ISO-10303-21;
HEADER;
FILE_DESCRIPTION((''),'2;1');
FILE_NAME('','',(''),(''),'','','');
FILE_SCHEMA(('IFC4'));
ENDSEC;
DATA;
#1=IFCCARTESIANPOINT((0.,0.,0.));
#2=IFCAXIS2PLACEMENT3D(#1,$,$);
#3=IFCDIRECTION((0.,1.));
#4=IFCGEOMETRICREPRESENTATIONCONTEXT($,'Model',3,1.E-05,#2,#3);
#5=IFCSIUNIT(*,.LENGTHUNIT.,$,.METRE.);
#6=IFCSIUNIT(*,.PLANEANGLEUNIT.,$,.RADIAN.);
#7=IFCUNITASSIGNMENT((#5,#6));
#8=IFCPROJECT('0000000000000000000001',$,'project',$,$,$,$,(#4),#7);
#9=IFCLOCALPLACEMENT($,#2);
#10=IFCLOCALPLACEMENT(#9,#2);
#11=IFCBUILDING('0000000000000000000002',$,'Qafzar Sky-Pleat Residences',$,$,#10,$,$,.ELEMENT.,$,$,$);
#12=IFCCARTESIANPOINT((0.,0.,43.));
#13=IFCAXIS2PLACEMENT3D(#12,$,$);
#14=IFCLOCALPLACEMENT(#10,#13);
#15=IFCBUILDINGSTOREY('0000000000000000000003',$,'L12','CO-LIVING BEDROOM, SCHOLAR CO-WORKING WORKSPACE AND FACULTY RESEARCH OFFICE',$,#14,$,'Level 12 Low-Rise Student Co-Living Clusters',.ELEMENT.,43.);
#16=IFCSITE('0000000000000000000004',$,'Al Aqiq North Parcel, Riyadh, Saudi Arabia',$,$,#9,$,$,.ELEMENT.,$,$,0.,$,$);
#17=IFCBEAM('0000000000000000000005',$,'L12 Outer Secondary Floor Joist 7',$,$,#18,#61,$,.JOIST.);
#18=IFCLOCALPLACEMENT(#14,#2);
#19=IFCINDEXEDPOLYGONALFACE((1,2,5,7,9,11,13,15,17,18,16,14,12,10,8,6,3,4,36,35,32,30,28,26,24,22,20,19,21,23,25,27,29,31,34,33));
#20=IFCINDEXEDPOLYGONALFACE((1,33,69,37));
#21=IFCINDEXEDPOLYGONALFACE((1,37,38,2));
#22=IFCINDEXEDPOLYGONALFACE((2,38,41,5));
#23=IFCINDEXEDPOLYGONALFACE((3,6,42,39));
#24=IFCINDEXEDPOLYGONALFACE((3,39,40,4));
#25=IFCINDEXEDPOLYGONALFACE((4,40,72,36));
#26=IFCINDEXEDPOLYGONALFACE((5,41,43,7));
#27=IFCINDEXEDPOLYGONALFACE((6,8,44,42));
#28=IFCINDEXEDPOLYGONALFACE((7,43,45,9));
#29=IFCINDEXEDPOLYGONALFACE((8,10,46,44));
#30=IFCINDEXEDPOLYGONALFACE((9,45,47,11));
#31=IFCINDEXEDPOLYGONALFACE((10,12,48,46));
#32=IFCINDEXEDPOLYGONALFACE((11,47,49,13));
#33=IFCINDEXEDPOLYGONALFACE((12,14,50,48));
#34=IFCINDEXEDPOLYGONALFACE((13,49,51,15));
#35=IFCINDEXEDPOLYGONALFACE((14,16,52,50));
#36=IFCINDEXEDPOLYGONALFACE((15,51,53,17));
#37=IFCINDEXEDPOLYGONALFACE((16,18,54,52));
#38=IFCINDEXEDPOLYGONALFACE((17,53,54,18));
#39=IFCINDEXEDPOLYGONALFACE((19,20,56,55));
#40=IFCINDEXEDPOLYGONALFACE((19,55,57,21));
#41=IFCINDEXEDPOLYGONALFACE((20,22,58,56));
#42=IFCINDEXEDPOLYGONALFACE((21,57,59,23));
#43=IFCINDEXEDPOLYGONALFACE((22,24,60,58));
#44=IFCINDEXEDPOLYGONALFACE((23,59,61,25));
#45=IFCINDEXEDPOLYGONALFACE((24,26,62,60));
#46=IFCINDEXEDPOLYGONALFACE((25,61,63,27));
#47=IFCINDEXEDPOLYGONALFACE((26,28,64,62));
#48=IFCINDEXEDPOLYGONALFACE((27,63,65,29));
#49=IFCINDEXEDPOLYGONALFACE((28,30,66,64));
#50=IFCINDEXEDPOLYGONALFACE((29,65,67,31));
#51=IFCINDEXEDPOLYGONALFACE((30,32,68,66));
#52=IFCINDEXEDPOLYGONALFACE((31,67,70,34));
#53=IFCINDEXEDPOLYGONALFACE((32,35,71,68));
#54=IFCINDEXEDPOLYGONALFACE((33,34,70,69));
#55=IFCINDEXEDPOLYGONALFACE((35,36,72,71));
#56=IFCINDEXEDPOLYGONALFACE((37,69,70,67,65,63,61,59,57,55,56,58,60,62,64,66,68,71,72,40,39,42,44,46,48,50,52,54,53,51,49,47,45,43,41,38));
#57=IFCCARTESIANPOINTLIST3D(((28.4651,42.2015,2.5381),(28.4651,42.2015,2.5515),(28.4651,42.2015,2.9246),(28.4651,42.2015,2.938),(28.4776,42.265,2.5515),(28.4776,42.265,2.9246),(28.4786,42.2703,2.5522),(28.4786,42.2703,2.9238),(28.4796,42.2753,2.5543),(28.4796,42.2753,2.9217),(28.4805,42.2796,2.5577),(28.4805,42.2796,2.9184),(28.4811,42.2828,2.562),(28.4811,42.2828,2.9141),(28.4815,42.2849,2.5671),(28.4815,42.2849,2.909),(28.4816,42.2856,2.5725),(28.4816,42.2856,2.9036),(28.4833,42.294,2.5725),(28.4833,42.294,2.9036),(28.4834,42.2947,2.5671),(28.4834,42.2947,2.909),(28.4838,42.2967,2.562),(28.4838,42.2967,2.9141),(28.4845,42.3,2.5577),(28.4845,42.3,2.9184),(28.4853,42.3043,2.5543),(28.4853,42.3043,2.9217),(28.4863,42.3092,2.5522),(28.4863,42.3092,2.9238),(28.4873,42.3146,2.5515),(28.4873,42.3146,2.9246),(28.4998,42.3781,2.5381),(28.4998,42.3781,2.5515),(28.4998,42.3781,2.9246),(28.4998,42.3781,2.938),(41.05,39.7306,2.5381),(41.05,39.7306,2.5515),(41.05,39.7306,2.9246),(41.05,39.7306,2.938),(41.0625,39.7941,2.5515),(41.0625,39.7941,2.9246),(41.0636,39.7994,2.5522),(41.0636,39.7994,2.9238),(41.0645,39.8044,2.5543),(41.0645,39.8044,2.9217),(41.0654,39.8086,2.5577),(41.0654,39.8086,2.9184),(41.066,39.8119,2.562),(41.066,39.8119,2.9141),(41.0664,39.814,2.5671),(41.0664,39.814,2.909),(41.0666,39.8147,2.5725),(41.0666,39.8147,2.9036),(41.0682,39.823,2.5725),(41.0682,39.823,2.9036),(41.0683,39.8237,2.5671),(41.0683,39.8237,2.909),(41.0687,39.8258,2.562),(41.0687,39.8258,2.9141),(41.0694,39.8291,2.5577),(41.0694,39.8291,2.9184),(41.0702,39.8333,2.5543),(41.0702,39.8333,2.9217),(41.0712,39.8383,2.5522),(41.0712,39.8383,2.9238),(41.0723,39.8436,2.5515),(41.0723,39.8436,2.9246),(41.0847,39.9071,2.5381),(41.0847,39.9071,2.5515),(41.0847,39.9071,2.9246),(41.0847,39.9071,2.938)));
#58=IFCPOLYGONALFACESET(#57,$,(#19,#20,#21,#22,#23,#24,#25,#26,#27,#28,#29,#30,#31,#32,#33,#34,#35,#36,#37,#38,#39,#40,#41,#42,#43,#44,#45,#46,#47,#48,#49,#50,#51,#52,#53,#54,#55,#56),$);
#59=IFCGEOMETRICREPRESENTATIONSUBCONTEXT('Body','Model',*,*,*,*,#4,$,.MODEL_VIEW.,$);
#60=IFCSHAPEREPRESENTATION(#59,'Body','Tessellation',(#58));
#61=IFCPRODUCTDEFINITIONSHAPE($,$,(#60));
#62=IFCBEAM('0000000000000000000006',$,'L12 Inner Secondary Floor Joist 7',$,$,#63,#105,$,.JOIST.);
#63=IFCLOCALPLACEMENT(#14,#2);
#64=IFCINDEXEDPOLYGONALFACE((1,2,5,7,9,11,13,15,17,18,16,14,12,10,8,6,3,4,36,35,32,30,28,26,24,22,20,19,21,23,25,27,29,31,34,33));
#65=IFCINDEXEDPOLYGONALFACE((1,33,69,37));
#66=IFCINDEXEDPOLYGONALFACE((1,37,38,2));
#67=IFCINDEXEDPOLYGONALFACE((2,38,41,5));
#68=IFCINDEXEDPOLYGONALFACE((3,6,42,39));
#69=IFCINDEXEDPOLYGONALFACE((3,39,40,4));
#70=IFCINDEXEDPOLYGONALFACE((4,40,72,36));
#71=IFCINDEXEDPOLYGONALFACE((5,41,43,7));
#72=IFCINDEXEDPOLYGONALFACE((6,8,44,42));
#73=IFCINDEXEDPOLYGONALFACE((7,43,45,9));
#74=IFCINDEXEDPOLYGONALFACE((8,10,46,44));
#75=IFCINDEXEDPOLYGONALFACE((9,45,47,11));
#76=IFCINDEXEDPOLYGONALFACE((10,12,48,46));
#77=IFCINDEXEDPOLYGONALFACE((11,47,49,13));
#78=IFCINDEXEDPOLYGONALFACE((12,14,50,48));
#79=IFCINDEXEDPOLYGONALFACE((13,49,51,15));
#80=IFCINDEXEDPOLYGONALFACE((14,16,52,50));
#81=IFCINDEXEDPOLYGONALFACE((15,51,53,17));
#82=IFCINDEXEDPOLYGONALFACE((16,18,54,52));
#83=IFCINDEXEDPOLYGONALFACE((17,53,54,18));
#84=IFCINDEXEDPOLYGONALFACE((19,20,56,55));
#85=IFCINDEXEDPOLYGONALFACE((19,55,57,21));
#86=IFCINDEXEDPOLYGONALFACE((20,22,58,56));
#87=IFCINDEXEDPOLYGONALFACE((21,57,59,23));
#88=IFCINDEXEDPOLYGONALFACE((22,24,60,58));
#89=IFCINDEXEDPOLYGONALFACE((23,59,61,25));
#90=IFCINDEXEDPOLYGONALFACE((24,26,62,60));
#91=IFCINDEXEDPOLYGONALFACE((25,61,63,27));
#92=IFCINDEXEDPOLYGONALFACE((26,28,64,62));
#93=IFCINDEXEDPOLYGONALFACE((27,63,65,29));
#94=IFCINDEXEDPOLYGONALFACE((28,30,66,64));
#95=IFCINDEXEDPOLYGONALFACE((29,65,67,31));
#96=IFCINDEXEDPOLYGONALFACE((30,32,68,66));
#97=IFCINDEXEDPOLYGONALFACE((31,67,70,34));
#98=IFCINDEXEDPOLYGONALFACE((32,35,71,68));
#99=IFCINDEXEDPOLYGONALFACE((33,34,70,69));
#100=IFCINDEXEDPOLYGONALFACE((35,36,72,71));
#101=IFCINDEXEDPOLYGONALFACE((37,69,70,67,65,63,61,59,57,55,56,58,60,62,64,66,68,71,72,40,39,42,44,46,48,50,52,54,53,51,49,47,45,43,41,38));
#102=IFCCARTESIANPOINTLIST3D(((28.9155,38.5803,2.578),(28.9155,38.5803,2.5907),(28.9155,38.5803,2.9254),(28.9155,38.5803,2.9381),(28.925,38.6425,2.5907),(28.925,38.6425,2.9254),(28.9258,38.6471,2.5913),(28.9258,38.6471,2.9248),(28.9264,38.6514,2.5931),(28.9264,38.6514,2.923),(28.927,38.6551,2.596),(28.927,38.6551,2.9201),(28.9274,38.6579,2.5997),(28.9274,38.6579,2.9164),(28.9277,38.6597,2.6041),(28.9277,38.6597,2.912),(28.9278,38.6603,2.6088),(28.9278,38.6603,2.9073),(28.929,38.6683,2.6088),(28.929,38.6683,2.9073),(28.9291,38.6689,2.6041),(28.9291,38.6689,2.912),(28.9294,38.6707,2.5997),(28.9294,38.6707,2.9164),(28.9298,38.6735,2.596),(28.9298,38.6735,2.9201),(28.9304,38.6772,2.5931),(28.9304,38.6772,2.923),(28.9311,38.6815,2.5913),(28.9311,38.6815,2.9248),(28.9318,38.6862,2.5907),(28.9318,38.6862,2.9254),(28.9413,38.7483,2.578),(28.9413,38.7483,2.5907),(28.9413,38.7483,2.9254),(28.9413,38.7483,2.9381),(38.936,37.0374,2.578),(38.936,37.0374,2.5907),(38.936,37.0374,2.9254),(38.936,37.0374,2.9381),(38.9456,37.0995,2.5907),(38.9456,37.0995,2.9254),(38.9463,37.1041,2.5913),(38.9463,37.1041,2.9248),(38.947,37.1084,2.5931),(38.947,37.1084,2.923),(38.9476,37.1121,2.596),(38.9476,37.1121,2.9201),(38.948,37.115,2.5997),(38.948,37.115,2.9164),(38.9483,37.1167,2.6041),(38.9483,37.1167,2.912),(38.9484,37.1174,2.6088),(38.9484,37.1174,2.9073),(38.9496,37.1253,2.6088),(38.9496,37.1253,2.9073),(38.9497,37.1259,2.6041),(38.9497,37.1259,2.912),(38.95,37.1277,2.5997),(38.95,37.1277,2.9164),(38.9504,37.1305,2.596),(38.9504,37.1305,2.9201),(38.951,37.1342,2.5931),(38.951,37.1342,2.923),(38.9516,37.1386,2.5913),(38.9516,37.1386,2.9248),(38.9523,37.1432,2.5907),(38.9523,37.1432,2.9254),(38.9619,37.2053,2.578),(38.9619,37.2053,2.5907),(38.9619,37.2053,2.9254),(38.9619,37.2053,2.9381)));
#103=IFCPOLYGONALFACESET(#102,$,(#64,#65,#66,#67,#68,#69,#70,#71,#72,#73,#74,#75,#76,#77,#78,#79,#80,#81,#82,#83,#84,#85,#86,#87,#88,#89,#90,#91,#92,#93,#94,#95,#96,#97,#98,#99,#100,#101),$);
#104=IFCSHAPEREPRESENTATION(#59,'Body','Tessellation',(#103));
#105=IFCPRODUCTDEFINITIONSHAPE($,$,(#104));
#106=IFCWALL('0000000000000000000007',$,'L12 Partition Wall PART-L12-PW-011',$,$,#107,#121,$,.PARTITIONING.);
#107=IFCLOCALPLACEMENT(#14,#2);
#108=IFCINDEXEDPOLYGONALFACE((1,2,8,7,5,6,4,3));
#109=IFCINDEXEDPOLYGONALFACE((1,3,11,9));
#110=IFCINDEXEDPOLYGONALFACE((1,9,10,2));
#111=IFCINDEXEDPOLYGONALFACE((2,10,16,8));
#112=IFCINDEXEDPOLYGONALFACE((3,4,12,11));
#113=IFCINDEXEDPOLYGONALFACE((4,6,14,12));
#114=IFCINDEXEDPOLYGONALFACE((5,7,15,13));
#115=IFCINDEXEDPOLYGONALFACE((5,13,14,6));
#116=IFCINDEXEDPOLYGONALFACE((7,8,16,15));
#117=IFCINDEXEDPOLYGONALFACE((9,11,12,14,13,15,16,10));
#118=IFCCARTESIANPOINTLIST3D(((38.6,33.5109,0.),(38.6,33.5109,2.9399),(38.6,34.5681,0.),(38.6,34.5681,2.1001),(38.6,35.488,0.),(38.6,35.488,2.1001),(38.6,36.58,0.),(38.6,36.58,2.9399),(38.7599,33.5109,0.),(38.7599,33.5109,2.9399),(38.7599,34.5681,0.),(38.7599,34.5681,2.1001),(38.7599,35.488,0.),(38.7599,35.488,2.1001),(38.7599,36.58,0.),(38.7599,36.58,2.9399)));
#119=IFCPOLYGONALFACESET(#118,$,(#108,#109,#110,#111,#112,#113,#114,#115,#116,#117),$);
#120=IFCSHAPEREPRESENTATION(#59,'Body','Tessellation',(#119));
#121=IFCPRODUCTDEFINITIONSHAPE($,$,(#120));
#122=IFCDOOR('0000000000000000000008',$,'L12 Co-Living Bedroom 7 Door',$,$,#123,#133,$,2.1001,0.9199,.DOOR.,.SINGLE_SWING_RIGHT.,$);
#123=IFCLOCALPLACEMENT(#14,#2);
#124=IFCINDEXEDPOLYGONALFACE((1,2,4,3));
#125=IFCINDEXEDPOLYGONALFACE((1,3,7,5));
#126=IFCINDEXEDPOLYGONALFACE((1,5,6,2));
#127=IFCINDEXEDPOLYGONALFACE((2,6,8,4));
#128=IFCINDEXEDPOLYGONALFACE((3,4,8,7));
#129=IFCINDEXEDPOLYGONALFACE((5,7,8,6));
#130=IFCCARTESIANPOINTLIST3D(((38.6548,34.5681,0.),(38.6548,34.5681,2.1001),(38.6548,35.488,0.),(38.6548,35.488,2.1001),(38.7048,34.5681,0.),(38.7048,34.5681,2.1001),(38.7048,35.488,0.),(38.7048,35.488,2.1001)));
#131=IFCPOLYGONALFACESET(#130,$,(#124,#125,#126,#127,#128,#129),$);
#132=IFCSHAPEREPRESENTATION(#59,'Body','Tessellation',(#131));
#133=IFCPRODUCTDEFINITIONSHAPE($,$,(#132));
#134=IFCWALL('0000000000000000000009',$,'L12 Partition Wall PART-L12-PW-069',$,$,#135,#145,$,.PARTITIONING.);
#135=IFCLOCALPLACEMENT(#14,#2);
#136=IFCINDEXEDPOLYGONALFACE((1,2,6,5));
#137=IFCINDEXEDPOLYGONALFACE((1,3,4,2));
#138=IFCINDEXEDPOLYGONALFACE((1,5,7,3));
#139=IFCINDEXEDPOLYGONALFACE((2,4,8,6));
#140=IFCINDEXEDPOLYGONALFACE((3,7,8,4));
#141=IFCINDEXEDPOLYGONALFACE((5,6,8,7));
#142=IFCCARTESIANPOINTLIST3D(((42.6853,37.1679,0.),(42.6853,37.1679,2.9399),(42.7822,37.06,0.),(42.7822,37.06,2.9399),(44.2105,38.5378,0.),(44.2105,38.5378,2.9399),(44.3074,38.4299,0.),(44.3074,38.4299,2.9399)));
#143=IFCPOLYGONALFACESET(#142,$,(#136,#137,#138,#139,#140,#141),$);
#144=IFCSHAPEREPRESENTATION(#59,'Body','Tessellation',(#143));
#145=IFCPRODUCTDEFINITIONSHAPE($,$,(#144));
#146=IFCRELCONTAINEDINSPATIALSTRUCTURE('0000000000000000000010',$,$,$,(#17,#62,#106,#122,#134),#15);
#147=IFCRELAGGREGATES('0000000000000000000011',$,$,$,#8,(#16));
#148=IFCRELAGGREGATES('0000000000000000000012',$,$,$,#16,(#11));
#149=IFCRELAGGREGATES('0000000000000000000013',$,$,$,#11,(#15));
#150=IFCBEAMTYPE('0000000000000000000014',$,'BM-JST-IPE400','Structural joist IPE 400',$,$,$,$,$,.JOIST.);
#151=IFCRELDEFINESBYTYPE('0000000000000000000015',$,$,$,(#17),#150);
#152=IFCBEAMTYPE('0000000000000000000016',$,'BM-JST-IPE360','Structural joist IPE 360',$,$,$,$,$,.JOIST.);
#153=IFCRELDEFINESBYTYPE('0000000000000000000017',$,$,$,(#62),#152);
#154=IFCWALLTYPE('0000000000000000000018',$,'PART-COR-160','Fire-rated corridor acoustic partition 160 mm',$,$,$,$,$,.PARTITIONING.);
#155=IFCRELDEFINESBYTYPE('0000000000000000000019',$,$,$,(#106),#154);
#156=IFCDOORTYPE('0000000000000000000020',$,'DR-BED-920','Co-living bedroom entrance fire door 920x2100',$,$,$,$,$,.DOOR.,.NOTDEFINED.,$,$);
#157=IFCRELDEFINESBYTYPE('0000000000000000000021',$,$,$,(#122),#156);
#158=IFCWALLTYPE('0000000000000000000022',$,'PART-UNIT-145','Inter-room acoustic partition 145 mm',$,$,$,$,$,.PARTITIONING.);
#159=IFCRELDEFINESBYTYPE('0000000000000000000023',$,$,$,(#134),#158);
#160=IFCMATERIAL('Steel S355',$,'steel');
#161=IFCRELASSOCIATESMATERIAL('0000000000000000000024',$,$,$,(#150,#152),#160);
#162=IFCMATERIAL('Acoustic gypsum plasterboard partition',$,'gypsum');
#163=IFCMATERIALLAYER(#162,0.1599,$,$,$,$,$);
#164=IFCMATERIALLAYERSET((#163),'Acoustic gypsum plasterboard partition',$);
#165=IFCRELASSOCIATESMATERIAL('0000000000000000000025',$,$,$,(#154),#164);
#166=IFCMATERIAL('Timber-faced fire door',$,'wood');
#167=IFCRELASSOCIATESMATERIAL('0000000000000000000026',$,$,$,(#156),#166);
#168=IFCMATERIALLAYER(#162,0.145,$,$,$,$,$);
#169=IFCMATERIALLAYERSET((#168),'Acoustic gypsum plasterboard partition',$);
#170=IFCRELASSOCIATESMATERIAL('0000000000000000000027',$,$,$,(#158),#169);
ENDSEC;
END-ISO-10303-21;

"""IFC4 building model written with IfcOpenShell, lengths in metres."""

from ifc_helpers import new_model, si_unit, direction, frame, frame_2d, origin, origin_2d, place, context, subcontext, project, spatial, rectangle, i_section, extrude, source, transform, mapped, material, layer, layer_set, material_profile, profile_set, type_object, element, fill, save


model = new_model("IFC4")

# Units and contexts
model_context = context("Model", 3, precision=1e-05, world=origin(), true_north=direction((0.0, 1.0)))
body_context = subcontext(model_context, "Body", "Model", "MODEL_VIEW")
ifc_project = project(units=[si_unit("LENGTHUNIT", "METRE"), si_unit("PLANEANGLEUNIT", "RADIAN")], contexts=[model_context])

# Site, building, storey
site_placement = place(None, origin())
site = spatial("IfcSite", under=ifc_project, at=site_placement, Name="Al Aqiq North Parcel, Riyadh, Saudi Arabia", CompositionType="ELEMENT", RefElevation=0.0)
building_placement = place(site_placement, origin())
building = spatial("IfcBuilding", under=site, at=building_placement, Name="Qafzar Sky-Pleat Residences", CompositionType="ELEMENT")
storey_placement = place(building_placement, frame((0.0, 0.0, 43.0)))
storey = spatial("IfcBuildingStorey", under=building, at=storey_placement, Name="L12", Description="CO-LIVING BEDROOM, SCHOLAR CO-WORKING WORKSPACE AND FACULTY RESEARCH OFFICE", LongName="Level 12 Low-Rise Student Co-Living Clusters", CompositionType="ELEMENT", Elevation=43.0)

# Beams
ifc_material_1 = material(Name="Steel S355", Category="steel")
ifc_material_profile_1 = material_profile(ifc_material_1, i_section(OverallWidth=0.1799, OverallDepth=0.3999, WebThickness=0.0085, FlangeThickness=0.0134, FilletRadius=0.021, at=origin_2d()), Name="IPE 400")
ifc_profile_set_1 = profile_set([ifc_material_profile_1], Name="Steel S355")
beam_type_1 = type_object("IfcBeamType", Name="BM-JST-IPE400", Description="Structural joist IPE 400", PredefinedType="JOIST", material=ifc_profile_set_1)
shared_shape_1 = source(origin(), body_context, "Body", "SweptSolid", [
    extrude(i_section(OverallWidth=0.1799, OverallDepth=0.3999, WebThickness=0.0085, FlangeThickness=0.0134, FilletRadius=0.021, at=origin_2d()), origin(), (0.0, 0.0, 1.0), 12.8252),
])
beam_1_placement = place(storey_placement, frame((41.0674, 39.8188, 2.738), z_axis=(-0.981265, 0.192663, 0.0), x_axis=(-0.192663, -0.981265, 0.0)))
element("IfcBeam", 1, at=beam_1_placement, inside=storey, type_object=beam_type_1, Name="L12 Outer Secondary Floor Joist 7", PredefinedType="JOIST", context=body_context, shape_type="MappedRepresentation", body=[
    mapped(shared_shape_1, transform((0.0, 0.0, 0.0), x_axis=(1.0, 0.0, 0.0), y_axis=(0.0, 1.0, 0.0), z_axis=(0.0, 0.0, 1.0), scale=1.0)),
])
ifc_material_profile_2 = material_profile(ifc_material_1, i_section(OverallWidth=0.1699, OverallDepth=0.3601, WebThickness=0.0081, FlangeThickness=0.0127, FilletRadius=0.0181, at=origin_2d()), Name="IPE 360")
ifc_profile_set_2 = profile_set([ifc_material_profile_2], Name="Steel S355")
beam_type_2 = type_object("IfcBeamType", Name="BM-JST-IPE360", Description="Structural joist IPE 360", PredefinedType="JOIST", material=ifc_profile_set_2)
shared_shape_2 = source(origin(), body_context, "Body", "SweptSolid", [
    extrude(i_section(OverallWidth=0.1699, OverallDepth=0.3601, WebThickness=0.0081, FlangeThickness=0.0127, FilletRadius=0.0181, at=origin_2d()), origin(), (0.0, 0.0, 1.0), 10.1387),
])
beam_2_placement = place(storey_placement, frame((38.949, 37.1213, 2.7581), z_axis=(-0.988352, 0.152187, 0.0), x_axis=(-0.152187, -0.988352, 0.0)))
element("IfcBeam", 2, at=beam_2_placement, inside=storey, type_object=beam_type_2, Name="L12 Inner Secondary Floor Joist 7", PredefinedType="JOIST", context=body_context, shape_type="MappedRepresentation", body=[
    mapped(shared_shape_2, transform((0.0, 0.0, 0.0), x_axis=(1.0, 0.0, 0.0), y_axis=(0.0, 1.0, 0.0), z_axis=(0.0, 0.0, 1.0), scale=1.0)),
])

# Wall, opening, door
ifc_material_2 = material(Name="Acoustic gypsum plasterboard partition", Category="gypsum")
ifc_layer_1 = layer(ifc_material_2, 0.1599)
ifc_layer_set_1 = layer_set([ifc_layer_1], Name="Acoustic gypsum plasterboard partition")
wall_type_1 = type_object("IfcWallType", Name="PART-COR-160", Description="Fire-rated corridor acoustic partition 160 mm", PredefinedType="PARTITIONING", material=ifc_layer_set_1)
wall_1_placement = place(storey_placement, frame((38.6799, 36.5801, 0.0), z_axis=(0.0, 0.0, 1.0), x_axis=(0.0, -1.0, 0.0)))
wall_1 = element("IfcWall", 3, at=wall_1_placement, inside=storey, type_object=wall_type_1, Name="L12 Partition Wall PART-L12-PW-011", PredefinedType="PARTITIONING", context=body_context, shape_type="SweptSolid", body=[
    extrude(rectangle(XDim=3.0691, YDim=0.1599, at=frame_2d((1.5347, 0.0))), origin(), (0.0, 0.0, 1.0), 2.9399),
])
opening_1_placement = place(wall_1_placement, frame((1.092, 0.0, 0.0)))
opening_1 = element("IfcOpeningElement", 4, at=opening_1_placement, cuts=wall_1, PredefinedType="OPENING", context=body_context, shape_type="SweptSolid", body=[
    extrude(rectangle(XDim=0.9199, YDim=2.1001, at=frame_2d((0.46, 1.05))), frame((0.0, 0.0898, 0.0), z_axis=(0.0, -1.0, 0.0), x_axis=(1.0, 0.0, 0.0)), (0.0, 0.0, 1.0), 0.1799),
])
ifc_material_3 = material(Name="Timber-faced fire door", Category="wood")
door_type_1 = type_object("IfcDoorType", Name="DR-BED-920", Description="Co-living bedroom entrance fire door 920x2100", OperationType="NOTDEFINED", PredefinedType="DOOR", material=ifc_material_3)
shared_shape_3 = source(origin(), body_context, "Body", "SweptSolid", [
    extrude(rectangle(XDim=0.9199, YDim=2.1001, at=frame_2d((0.46, 1.05))), frame((0.0, 0.0249, 0.0), z_axis=(0.0, -1.0, 0.0), x_axis=(1.0, 0.0, 0.0)), (0.0, 0.0, 1.0), 0.05),
])
door_1_placement = place(opening_1_placement, origin())
door_1 = element("IfcDoor", 5, at=door_1_placement, inside=storey, type_object=door_type_1, Name="L12 Co-Living Bedroom 7 Door", OperationType="SINGLE_SWING_RIGHT", OverallHeight=2.1001, OverallWidth=0.9199, PredefinedType="DOOR", context=body_context, shape_type="MappedRepresentation", body=[
    mapped(shared_shape_3, transform((0.0, 0.0, 0.0), x_axis=(1.0, 0.0, 0.0), y_axis=(0.0, 1.0, 0.0), z_axis=(0.0, 0.0, 1.0), scale=1.0)),
])
fill(opening_1, door_1)

# Wall
ifc_layer_2 = layer(ifc_material_2, 0.145)
ifc_layer_set_2 = layer_set([ifc_layer_2], Name="Acoustic gypsum plasterboard partition")
wall_type_2 = type_object("IfcWallType", Name="PART-UNIT-145", Description="Inter-room acoustic partition 145 mm", PredefinedType="PARTITIONING", material=ifc_layer_set_2)
wall_2_placement = place(storey_placement, frame((42.7339, 37.114, 0.0), z_axis=(0.0, 0.0, 1.0), x_axis=(0.743963, 0.668221, 0.0)))
element("IfcWall", 6, at=wall_2_placement, inside=storey, type_object=wall_type_2, Name="L12 Partition Wall PART-L12-PW-069", PredefinedType="PARTITIONING", context=body_context, shape_type="SweptSolid", body=[
    extrude(rectangle(XDim=2.05, YDim=0.145, at=frame_2d((1.0249, 0.0))), origin(), (0.0, 0.0, 1.0), 2.9399),
])

save(model, "model.ifc")
